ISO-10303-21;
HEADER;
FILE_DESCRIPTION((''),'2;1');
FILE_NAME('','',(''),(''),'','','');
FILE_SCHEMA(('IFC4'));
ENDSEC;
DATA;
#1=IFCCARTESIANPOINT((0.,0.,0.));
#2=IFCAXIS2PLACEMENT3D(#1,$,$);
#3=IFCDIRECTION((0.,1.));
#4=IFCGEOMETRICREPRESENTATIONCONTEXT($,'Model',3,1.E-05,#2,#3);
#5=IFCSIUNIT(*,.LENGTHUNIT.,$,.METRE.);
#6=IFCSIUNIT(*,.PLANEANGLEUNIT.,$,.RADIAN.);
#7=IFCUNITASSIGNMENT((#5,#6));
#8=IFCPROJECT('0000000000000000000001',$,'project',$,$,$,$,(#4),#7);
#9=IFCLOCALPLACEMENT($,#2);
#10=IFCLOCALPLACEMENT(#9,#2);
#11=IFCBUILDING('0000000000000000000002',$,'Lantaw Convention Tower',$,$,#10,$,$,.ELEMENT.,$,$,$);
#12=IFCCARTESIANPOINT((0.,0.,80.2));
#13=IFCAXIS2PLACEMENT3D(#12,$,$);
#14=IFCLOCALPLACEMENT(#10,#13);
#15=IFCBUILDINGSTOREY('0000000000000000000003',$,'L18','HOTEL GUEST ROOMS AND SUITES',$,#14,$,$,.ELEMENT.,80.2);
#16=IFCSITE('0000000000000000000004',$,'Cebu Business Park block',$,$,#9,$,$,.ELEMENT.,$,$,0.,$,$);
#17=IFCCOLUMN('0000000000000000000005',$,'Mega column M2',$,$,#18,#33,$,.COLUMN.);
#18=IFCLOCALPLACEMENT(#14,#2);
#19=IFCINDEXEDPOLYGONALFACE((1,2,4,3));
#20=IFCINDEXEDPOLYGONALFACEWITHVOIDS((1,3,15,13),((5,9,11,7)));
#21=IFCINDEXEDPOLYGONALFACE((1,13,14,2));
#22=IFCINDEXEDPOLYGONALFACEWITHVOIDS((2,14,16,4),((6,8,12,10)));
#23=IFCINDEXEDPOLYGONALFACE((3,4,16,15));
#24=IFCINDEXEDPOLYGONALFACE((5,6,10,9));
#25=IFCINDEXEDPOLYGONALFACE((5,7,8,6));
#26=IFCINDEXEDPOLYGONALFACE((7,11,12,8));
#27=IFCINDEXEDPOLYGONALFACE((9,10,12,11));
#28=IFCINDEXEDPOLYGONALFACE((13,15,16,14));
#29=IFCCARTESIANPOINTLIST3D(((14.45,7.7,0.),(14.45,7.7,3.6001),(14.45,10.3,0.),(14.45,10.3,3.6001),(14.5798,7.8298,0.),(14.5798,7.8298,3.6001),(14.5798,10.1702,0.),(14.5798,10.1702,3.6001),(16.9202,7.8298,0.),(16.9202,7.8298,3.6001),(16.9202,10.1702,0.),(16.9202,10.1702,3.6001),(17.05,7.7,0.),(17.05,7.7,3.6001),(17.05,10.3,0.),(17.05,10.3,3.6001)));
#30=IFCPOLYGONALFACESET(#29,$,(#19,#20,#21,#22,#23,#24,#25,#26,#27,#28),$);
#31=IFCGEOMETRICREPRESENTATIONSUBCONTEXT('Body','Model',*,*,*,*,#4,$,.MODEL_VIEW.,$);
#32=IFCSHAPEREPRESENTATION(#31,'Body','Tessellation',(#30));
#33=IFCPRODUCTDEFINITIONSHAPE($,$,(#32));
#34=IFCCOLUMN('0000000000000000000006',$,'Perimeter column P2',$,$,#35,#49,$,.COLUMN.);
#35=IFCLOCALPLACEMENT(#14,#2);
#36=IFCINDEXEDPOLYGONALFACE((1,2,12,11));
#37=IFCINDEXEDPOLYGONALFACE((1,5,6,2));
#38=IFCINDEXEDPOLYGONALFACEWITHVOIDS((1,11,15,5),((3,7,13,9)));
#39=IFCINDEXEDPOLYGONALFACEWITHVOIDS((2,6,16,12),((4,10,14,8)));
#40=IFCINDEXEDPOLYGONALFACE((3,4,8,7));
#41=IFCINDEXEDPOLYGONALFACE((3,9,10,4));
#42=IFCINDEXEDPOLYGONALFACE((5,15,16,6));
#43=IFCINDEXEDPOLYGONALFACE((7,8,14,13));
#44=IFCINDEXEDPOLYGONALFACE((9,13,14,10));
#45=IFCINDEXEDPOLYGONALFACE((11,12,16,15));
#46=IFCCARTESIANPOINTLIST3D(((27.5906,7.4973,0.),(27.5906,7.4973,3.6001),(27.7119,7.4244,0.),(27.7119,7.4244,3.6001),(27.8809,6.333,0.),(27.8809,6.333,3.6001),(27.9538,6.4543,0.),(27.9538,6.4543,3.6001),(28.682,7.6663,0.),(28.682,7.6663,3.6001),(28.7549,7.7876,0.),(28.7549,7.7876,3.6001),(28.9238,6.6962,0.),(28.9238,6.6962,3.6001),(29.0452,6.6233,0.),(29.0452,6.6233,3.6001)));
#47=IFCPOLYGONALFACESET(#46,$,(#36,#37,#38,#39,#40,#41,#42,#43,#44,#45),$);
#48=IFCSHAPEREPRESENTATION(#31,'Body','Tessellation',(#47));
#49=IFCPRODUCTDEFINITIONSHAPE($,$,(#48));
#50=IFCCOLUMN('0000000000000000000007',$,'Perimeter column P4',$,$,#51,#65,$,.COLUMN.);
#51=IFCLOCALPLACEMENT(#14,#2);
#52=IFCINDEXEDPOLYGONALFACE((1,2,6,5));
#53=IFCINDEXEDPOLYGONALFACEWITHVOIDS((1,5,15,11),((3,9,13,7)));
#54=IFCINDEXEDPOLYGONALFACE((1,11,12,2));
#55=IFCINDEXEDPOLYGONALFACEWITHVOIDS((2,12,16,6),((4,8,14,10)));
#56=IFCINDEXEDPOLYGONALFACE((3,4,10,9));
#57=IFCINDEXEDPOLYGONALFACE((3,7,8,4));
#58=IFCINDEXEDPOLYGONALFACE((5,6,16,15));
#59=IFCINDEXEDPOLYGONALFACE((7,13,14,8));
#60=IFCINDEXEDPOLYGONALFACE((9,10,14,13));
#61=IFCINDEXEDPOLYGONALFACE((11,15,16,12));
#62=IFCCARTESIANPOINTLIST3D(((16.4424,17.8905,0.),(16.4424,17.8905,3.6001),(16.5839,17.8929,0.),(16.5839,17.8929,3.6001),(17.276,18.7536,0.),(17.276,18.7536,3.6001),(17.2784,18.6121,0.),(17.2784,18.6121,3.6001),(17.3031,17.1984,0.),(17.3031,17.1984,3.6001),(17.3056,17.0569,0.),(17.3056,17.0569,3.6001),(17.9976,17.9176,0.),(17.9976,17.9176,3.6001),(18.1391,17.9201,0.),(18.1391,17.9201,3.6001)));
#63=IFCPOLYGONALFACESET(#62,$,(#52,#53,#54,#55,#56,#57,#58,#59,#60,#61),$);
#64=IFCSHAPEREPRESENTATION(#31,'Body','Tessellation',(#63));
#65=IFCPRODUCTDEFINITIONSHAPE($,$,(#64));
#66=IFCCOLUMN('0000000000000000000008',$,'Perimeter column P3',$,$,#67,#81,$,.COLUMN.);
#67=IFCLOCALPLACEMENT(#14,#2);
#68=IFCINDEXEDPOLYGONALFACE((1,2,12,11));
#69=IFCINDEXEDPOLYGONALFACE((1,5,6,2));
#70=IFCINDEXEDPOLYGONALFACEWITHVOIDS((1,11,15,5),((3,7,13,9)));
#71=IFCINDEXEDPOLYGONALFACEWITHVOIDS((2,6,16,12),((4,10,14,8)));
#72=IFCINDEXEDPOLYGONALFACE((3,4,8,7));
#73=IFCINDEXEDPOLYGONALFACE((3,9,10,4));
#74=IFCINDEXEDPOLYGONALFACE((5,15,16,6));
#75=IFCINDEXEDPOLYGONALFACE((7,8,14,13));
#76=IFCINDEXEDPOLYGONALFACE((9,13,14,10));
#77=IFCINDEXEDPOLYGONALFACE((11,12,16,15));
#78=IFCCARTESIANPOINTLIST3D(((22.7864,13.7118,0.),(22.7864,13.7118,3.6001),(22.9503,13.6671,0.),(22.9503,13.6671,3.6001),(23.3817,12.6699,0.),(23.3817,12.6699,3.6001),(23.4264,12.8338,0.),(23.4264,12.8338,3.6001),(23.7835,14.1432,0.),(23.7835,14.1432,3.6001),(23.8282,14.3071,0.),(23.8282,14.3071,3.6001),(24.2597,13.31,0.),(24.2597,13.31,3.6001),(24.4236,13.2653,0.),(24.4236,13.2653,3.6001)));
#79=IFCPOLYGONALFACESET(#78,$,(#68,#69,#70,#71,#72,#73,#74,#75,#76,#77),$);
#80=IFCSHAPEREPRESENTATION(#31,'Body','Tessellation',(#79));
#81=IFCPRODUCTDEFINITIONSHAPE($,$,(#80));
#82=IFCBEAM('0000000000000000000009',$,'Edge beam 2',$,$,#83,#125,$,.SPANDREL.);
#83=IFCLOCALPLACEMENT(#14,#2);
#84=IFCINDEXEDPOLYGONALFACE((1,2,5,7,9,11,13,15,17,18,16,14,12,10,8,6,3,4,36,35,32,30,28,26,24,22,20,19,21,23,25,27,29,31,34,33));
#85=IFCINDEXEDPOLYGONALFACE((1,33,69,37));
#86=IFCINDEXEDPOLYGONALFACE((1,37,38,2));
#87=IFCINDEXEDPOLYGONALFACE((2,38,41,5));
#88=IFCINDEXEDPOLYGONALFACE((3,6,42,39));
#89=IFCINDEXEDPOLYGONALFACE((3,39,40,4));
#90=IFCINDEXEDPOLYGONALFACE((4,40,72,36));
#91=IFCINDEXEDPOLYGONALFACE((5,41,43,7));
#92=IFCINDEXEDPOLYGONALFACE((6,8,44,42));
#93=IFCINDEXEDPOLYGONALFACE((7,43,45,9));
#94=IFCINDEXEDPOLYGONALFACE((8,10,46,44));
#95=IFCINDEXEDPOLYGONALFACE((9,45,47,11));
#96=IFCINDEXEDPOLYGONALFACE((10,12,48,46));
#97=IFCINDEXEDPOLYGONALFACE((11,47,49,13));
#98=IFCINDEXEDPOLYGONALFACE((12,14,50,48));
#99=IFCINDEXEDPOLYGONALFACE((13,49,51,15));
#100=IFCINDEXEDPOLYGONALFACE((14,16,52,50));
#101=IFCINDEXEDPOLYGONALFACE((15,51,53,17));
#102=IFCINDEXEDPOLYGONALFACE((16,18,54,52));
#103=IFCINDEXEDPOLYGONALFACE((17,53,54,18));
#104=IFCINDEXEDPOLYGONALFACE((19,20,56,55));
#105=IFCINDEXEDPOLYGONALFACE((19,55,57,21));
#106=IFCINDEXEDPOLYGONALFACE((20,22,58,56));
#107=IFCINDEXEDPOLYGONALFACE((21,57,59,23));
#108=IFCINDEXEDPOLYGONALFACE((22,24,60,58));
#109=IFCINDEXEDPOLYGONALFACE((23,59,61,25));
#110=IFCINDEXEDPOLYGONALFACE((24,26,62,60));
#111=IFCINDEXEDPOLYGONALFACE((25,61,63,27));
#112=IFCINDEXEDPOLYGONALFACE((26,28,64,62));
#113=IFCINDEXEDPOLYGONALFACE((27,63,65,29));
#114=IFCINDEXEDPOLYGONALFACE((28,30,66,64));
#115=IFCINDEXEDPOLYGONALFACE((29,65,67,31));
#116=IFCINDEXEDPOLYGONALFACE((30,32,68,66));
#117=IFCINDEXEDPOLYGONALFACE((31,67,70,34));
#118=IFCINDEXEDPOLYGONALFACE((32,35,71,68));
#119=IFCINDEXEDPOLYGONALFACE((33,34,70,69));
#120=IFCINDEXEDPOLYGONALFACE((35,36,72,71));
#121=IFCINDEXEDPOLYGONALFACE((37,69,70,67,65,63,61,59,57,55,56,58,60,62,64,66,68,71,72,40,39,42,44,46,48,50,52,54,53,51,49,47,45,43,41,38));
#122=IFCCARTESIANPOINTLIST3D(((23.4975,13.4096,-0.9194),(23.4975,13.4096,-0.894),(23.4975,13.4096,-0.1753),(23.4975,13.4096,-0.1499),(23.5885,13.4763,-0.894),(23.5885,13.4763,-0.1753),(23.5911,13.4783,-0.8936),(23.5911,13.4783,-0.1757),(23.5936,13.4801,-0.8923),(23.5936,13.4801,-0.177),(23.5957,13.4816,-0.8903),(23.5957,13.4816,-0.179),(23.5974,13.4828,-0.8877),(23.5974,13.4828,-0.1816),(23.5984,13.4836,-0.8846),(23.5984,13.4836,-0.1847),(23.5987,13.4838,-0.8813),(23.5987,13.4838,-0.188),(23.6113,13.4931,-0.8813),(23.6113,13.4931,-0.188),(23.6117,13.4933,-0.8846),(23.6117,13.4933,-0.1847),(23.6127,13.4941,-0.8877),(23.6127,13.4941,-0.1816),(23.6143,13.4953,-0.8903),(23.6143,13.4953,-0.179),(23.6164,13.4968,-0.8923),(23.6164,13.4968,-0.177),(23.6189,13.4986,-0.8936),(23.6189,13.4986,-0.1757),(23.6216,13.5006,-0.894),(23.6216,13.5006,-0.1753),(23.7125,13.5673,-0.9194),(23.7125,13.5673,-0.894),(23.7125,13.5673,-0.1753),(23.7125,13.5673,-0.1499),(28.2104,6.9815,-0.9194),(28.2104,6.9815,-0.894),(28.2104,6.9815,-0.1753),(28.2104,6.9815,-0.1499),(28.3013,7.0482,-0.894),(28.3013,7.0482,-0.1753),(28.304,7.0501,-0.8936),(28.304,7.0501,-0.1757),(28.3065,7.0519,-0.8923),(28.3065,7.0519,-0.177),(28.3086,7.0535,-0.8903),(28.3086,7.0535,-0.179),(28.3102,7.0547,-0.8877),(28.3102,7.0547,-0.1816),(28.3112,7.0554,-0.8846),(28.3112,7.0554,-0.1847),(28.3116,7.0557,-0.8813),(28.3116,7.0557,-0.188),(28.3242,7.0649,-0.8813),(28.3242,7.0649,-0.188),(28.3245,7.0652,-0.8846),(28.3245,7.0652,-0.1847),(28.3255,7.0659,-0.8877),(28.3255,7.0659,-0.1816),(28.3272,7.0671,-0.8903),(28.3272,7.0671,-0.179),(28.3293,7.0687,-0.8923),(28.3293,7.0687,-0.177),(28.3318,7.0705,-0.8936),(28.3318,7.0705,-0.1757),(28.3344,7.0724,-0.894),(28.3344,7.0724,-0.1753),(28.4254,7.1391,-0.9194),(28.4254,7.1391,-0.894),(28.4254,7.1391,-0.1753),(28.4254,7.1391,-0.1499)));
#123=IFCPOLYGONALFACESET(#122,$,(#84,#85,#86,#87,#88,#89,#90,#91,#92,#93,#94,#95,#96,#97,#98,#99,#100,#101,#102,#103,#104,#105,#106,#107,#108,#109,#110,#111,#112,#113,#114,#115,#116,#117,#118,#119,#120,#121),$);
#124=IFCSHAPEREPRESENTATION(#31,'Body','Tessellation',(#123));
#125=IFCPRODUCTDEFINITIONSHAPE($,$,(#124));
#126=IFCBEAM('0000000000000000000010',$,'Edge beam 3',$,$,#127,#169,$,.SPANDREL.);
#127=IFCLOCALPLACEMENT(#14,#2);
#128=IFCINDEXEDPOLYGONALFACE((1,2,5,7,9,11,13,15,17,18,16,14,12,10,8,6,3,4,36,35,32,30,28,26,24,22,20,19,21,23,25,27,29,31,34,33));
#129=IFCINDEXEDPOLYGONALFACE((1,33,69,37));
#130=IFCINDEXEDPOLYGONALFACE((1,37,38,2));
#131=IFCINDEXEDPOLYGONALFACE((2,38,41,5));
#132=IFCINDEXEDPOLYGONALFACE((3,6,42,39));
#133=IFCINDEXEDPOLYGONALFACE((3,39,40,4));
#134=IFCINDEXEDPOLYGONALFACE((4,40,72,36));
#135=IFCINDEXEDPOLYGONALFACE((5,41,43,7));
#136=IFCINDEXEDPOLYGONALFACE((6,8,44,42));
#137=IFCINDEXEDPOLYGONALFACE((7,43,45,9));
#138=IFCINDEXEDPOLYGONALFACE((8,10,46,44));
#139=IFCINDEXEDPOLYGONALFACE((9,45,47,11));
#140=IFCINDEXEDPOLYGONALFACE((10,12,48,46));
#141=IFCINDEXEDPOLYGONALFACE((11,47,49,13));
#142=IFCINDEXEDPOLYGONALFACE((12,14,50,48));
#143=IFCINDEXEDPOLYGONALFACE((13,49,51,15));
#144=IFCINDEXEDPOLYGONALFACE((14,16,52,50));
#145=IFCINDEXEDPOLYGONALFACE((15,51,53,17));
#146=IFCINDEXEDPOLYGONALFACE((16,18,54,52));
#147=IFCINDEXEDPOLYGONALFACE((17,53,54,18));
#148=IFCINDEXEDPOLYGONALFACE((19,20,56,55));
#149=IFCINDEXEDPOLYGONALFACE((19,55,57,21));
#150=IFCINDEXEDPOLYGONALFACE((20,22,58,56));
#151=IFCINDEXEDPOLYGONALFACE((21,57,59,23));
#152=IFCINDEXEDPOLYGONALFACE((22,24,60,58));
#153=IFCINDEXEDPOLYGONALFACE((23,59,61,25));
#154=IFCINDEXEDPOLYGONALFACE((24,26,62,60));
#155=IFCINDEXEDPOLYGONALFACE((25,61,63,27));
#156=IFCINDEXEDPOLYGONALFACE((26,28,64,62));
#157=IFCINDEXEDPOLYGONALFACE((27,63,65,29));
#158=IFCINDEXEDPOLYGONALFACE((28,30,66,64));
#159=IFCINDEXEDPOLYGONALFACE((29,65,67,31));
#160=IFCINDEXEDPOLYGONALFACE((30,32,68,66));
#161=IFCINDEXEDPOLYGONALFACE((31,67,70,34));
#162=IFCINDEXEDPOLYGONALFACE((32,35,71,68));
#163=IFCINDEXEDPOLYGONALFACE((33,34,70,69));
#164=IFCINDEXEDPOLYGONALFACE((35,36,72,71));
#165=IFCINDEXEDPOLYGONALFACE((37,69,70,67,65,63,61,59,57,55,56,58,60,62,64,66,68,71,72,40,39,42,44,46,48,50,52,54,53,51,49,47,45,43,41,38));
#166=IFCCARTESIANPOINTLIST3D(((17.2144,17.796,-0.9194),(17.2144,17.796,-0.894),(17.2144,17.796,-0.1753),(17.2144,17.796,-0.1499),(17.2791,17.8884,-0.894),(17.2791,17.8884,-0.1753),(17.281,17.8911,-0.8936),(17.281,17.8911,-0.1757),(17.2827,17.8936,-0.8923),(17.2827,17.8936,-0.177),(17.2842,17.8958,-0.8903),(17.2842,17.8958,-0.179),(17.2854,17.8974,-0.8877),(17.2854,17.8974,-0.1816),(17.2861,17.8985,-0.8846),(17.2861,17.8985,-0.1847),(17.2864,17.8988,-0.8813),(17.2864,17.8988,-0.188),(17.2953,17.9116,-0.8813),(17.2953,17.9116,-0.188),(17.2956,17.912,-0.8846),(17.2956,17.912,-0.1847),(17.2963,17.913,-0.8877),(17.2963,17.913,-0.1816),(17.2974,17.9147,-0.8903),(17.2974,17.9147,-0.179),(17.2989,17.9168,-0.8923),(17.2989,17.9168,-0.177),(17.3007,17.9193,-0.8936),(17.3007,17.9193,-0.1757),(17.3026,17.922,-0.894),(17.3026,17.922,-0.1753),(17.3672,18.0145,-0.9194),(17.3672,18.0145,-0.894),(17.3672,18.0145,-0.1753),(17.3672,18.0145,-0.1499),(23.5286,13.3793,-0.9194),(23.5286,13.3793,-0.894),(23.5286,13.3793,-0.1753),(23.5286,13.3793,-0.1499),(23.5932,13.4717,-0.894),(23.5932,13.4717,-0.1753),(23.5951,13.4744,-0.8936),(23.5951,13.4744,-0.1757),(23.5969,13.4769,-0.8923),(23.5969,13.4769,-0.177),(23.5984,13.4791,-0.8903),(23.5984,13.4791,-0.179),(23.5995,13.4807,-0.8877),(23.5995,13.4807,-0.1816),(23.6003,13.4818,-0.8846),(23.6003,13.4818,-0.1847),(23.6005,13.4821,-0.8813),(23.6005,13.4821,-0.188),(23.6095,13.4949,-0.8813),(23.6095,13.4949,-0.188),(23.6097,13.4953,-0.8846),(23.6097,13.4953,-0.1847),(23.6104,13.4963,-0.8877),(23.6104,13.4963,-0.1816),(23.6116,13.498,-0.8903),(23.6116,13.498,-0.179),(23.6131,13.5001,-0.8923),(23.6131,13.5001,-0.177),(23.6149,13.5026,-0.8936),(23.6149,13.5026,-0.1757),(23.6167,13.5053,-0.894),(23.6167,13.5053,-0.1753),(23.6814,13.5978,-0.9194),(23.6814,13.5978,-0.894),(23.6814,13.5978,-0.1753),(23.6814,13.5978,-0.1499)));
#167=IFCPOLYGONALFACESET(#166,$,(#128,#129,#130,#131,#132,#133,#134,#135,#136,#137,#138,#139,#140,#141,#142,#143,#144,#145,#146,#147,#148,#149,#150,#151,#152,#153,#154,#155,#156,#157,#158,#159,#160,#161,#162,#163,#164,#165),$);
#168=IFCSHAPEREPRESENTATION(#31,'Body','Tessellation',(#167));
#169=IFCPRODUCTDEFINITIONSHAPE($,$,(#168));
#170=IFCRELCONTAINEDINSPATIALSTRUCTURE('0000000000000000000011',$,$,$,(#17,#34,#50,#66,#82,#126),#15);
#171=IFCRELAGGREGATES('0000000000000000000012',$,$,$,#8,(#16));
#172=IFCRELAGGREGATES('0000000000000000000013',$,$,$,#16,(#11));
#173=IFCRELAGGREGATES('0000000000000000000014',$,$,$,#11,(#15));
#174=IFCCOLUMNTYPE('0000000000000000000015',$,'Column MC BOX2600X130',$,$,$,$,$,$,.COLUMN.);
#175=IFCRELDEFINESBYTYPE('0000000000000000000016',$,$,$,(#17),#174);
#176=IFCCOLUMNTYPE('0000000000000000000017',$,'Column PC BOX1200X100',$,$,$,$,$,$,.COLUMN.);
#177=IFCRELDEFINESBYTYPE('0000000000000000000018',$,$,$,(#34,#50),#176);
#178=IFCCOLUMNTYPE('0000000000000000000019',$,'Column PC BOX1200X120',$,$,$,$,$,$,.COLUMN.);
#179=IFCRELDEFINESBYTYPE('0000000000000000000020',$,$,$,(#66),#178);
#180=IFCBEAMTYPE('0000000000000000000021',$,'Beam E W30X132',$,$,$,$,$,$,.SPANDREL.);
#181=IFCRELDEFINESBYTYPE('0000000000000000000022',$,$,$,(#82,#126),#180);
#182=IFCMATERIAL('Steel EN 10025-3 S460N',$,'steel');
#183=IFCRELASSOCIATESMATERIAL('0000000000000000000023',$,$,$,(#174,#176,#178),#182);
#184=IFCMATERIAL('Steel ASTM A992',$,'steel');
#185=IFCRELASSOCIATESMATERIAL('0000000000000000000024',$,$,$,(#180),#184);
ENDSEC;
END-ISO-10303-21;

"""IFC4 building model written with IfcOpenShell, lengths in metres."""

from ifc_helpers import new_model, si_unit, direction, frame, origin, origin_2d, place, context, subcontext, project, spatial, rectangle, hollow_rectangle, i_section, extrude, material, material_profile, profile_set, type_object, element, save


model = new_model("IFC4")

# Units and contexts
model_context = context("Model", 3, precision=1e-05, world=origin(), true_north=direction((0.0, 1.0)))
body_context = subcontext(model_context, "Body", "Model", "MODEL_VIEW")
ifc_project = project(units=[si_unit("LENGTHUNIT", "METRE"), si_unit("PLANEANGLEUNIT", "RADIAN")], contexts=[model_context])

# Site, building, storey
site_placement = place(None, origin())
site = spatial("IfcSite", under=ifc_project, at=site_placement, Name="Cebu Business Park block", CompositionType="ELEMENT", RefElevation=0.0)
building_placement = place(site_placement, origin())
building = spatial("IfcBuilding", under=site, at=building_placement, Name="Lantaw Convention Tower", CompositionType="ELEMENT")
storey_placement = place(building_placement, frame((0.0, 0.0, 80.2)))
storey = spatial("IfcBuildingStorey", under=building, at=storey_placement, Name="L18", Description="HOTEL GUEST ROOMS AND SUITES", CompositionType="ELEMENT", Elevation=80.2)

# Columns
ifc_material_1 = material(Name="Steel EN 10025-3 S460N", Category="steel")
ifc_material_profile_1 = material_profile(ifc_material_1, hollow_rectangle(XDim=2.6001, YDim=2.6001, WallThickness=0.1299, at=origin_2d()), Name="BOX2600X130")
ifc_material_2 = material(Name="Concrete C60/75", Category="concrete")
ifc_material_profile_2 = material_profile(ifc_material_2, rectangle(XDim=2.3401, YDim=2.3401, at=origin_2d()), Name="Concrete fill of BOX2600X130")
ifc_profile_set_1 = profile_set([ifc_material_profile_1, ifc_material_profile_2], Name="Steel EN 10025-3 S460N")
column_type_1 = type_object("IfcColumnType", Name="Column MC BOX2600X130", PredefinedType="COLUMN", material=ifc_profile_set_1)
column_1_placement = place(storey_placement, frame((15.75, 9.0, 0.0), z_axis=(0.0, 0.0, 1.0), x_axis=(1.0, 0.0, 0.0)))
element("IfcColumn", 1, at=column_1_placement, inside=storey, type_object=column_type_1, Name="Mega column M2", PredefinedType="COLUMN", context=body_context, shape_type="SweptSolid", body=[
    extrude(hollow_rectangle(XDim=2.6001, YDim=2.6001, WallThickness=0.1299, at=origin_2d()), origin(), (0.0, 0.0, 1.0), 3.6001),
])
ifc_material_profile_3 = material_profile(ifc_material_1, hollow_rectangle(XDim=1.2, YDim=1.2, WallThickness=0.1001, at=origin_2d()), Name="BOX1200X100")
ifc_material_profile_4 = material_profile(ifc_material_2, rectangle(XDim=1.0, YDim=1.0, at=origin_2d()), Name="Concrete fill of BOX1200X100")
ifc_profile_set_2 = profile_set([ifc_material_profile_3, ifc_material_profile_4], Name="Steel EN 10025-3 S460N")
column_type_2 = type_object("IfcColumnType", Name="Column PC BOX1200X100", PredefinedType="COLUMN", material=ifc_profile_set_2)
for number, where, z_axis, x_axis, name in (
    (2, (28.3179, 7.0603, 0.0), (0.0, 0.0, 1.0), (0.970296, 0.241922, 0.0), "Perimeter column P2"),
    (3, (17.2908, 17.9053, 0.0), (0.0, 0.0, 1.0), (0.694658, 0.71934, 0.0), "Perimeter column P4"),
):
    element("IfcColumn", number, at=place(storey_placement, frame(where, z_axis=z_axis, x_axis=x_axis)), inside=storey, type_object=column_type_2, Name=name, PredefinedType="COLUMN", context=body_context, shape_type="SweptSolid", body=[
        extrude(hollow_rectangle(XDim=1.2, YDim=1.2, WallThickness=0.1001, at=origin_2d()), origin(), (0.0, 0.0, 1.0), 3.6001),
    ])
ifc_material_profile_5 = material_profile(ifc_material_1, hollow_rectangle(XDim=1.2, YDim=1.2, WallThickness=0.1201, at=origin_2d()), Name="BOX1200X120")
ifc_material_profile_6 = material_profile(ifc_material_2, rectangle(XDim=0.96, YDim=0.96, at=origin_2d()), Name="Concrete fill of BOX1200X120")
ifc_profile_set_3 = profile_set([ifc_material_profile_5, ifc_material_profile_6], Name="Steel EN 10025-3 S460N")
column_type_3 = type_object("IfcColumnType", Name="Column PC BOX1200X120", PredefinedType="COLUMN", material=ifc_profile_set_3)
column_2_placement = place(storey_placement, frame((23.605, 13.4885, 0.0), z_axis=(0.0, 0.0, 1.0), x_axis=(0.868243, 0.496139, 0.0)))
element("IfcColumn", 4, at=column_2_placement, inside=storey, type_object=column_type_3, Name="Perimeter column P3", PredefinedType="COLUMN", context=body_context, shape_type="SweptSolid", body=[
    extrude(hollow_rectangle(XDim=1.2, YDim=1.2, WallThickness=0.1201, at=origin_2d()), origin(), (0.0, 0.0, 1.0), 3.6001),
])

# Beams
ifc_material_3 = material(Name="Steel ASTM A992", Category="steel")
ifc_material_profile_7 = material_profile(ifc_material_3, i_section(OverallWidth=0.2666, OverallDepth=0.7695, WebThickness=0.0156, FlangeThickness=0.0254, FilletRadius=0.0127, at=origin_2d()), Name="W30X132")
ifc_profile_set_4 = profile_set([ifc_material_profile_7], Name="Steel ASTM A992")
beam_type_1 = type_object("IfcBeamType", Name="Beam E W30X132", PredefinedType="SPANDREL", material=ifc_profile_set_4)
beam_1_placement = place(storey_placement, frame((28.3179, 7.0603, -0.5347), z_axis=(-0.591271, 0.806473, 0.0), x_axis=(-0.806473, -0.591271, 0.0)))
element("IfcBeam", 5, at=beam_1_placement, inside=storey, type_object=beam_type_1, Name="Edge beam 2", PredefinedType="SPANDREL", context=body_context, shape_type="SweptSolid", body=[
    extrude(i_section(OverallWidth=0.2666, OverallDepth=0.7695, WebThickness=0.0156, FlangeThickness=0.0254, FilletRadius=0.0127, at=origin_2d()), origin(), (0.0, 0.0, 1.0), 7.9707),
])
beam_2_placement = place(storey_placement, frame((23.605, 13.4885, -0.5347), z_axis=(-0.819427, 0.573184, 0.0), x_axis=(-0.573184, -0.819427, 0.0)))
element("IfcBeam", 6, at=beam_2_placement, inside=storey, type_object=beam_type_1, Name="Edge beam 3", PredefinedType="SPANDREL", context=body_context, shape_type="SweptSolid", body=[
    extrude(i_section(OverallWidth=0.2666, OverallDepth=0.7695, WebThickness=0.0156, FlangeThickness=0.0254, FilletRadius=0.0127, at=origin_2d()), origin(), (0.0, 0.0, 1.0), 7.7056),
])

save(model, "model.ifc")
